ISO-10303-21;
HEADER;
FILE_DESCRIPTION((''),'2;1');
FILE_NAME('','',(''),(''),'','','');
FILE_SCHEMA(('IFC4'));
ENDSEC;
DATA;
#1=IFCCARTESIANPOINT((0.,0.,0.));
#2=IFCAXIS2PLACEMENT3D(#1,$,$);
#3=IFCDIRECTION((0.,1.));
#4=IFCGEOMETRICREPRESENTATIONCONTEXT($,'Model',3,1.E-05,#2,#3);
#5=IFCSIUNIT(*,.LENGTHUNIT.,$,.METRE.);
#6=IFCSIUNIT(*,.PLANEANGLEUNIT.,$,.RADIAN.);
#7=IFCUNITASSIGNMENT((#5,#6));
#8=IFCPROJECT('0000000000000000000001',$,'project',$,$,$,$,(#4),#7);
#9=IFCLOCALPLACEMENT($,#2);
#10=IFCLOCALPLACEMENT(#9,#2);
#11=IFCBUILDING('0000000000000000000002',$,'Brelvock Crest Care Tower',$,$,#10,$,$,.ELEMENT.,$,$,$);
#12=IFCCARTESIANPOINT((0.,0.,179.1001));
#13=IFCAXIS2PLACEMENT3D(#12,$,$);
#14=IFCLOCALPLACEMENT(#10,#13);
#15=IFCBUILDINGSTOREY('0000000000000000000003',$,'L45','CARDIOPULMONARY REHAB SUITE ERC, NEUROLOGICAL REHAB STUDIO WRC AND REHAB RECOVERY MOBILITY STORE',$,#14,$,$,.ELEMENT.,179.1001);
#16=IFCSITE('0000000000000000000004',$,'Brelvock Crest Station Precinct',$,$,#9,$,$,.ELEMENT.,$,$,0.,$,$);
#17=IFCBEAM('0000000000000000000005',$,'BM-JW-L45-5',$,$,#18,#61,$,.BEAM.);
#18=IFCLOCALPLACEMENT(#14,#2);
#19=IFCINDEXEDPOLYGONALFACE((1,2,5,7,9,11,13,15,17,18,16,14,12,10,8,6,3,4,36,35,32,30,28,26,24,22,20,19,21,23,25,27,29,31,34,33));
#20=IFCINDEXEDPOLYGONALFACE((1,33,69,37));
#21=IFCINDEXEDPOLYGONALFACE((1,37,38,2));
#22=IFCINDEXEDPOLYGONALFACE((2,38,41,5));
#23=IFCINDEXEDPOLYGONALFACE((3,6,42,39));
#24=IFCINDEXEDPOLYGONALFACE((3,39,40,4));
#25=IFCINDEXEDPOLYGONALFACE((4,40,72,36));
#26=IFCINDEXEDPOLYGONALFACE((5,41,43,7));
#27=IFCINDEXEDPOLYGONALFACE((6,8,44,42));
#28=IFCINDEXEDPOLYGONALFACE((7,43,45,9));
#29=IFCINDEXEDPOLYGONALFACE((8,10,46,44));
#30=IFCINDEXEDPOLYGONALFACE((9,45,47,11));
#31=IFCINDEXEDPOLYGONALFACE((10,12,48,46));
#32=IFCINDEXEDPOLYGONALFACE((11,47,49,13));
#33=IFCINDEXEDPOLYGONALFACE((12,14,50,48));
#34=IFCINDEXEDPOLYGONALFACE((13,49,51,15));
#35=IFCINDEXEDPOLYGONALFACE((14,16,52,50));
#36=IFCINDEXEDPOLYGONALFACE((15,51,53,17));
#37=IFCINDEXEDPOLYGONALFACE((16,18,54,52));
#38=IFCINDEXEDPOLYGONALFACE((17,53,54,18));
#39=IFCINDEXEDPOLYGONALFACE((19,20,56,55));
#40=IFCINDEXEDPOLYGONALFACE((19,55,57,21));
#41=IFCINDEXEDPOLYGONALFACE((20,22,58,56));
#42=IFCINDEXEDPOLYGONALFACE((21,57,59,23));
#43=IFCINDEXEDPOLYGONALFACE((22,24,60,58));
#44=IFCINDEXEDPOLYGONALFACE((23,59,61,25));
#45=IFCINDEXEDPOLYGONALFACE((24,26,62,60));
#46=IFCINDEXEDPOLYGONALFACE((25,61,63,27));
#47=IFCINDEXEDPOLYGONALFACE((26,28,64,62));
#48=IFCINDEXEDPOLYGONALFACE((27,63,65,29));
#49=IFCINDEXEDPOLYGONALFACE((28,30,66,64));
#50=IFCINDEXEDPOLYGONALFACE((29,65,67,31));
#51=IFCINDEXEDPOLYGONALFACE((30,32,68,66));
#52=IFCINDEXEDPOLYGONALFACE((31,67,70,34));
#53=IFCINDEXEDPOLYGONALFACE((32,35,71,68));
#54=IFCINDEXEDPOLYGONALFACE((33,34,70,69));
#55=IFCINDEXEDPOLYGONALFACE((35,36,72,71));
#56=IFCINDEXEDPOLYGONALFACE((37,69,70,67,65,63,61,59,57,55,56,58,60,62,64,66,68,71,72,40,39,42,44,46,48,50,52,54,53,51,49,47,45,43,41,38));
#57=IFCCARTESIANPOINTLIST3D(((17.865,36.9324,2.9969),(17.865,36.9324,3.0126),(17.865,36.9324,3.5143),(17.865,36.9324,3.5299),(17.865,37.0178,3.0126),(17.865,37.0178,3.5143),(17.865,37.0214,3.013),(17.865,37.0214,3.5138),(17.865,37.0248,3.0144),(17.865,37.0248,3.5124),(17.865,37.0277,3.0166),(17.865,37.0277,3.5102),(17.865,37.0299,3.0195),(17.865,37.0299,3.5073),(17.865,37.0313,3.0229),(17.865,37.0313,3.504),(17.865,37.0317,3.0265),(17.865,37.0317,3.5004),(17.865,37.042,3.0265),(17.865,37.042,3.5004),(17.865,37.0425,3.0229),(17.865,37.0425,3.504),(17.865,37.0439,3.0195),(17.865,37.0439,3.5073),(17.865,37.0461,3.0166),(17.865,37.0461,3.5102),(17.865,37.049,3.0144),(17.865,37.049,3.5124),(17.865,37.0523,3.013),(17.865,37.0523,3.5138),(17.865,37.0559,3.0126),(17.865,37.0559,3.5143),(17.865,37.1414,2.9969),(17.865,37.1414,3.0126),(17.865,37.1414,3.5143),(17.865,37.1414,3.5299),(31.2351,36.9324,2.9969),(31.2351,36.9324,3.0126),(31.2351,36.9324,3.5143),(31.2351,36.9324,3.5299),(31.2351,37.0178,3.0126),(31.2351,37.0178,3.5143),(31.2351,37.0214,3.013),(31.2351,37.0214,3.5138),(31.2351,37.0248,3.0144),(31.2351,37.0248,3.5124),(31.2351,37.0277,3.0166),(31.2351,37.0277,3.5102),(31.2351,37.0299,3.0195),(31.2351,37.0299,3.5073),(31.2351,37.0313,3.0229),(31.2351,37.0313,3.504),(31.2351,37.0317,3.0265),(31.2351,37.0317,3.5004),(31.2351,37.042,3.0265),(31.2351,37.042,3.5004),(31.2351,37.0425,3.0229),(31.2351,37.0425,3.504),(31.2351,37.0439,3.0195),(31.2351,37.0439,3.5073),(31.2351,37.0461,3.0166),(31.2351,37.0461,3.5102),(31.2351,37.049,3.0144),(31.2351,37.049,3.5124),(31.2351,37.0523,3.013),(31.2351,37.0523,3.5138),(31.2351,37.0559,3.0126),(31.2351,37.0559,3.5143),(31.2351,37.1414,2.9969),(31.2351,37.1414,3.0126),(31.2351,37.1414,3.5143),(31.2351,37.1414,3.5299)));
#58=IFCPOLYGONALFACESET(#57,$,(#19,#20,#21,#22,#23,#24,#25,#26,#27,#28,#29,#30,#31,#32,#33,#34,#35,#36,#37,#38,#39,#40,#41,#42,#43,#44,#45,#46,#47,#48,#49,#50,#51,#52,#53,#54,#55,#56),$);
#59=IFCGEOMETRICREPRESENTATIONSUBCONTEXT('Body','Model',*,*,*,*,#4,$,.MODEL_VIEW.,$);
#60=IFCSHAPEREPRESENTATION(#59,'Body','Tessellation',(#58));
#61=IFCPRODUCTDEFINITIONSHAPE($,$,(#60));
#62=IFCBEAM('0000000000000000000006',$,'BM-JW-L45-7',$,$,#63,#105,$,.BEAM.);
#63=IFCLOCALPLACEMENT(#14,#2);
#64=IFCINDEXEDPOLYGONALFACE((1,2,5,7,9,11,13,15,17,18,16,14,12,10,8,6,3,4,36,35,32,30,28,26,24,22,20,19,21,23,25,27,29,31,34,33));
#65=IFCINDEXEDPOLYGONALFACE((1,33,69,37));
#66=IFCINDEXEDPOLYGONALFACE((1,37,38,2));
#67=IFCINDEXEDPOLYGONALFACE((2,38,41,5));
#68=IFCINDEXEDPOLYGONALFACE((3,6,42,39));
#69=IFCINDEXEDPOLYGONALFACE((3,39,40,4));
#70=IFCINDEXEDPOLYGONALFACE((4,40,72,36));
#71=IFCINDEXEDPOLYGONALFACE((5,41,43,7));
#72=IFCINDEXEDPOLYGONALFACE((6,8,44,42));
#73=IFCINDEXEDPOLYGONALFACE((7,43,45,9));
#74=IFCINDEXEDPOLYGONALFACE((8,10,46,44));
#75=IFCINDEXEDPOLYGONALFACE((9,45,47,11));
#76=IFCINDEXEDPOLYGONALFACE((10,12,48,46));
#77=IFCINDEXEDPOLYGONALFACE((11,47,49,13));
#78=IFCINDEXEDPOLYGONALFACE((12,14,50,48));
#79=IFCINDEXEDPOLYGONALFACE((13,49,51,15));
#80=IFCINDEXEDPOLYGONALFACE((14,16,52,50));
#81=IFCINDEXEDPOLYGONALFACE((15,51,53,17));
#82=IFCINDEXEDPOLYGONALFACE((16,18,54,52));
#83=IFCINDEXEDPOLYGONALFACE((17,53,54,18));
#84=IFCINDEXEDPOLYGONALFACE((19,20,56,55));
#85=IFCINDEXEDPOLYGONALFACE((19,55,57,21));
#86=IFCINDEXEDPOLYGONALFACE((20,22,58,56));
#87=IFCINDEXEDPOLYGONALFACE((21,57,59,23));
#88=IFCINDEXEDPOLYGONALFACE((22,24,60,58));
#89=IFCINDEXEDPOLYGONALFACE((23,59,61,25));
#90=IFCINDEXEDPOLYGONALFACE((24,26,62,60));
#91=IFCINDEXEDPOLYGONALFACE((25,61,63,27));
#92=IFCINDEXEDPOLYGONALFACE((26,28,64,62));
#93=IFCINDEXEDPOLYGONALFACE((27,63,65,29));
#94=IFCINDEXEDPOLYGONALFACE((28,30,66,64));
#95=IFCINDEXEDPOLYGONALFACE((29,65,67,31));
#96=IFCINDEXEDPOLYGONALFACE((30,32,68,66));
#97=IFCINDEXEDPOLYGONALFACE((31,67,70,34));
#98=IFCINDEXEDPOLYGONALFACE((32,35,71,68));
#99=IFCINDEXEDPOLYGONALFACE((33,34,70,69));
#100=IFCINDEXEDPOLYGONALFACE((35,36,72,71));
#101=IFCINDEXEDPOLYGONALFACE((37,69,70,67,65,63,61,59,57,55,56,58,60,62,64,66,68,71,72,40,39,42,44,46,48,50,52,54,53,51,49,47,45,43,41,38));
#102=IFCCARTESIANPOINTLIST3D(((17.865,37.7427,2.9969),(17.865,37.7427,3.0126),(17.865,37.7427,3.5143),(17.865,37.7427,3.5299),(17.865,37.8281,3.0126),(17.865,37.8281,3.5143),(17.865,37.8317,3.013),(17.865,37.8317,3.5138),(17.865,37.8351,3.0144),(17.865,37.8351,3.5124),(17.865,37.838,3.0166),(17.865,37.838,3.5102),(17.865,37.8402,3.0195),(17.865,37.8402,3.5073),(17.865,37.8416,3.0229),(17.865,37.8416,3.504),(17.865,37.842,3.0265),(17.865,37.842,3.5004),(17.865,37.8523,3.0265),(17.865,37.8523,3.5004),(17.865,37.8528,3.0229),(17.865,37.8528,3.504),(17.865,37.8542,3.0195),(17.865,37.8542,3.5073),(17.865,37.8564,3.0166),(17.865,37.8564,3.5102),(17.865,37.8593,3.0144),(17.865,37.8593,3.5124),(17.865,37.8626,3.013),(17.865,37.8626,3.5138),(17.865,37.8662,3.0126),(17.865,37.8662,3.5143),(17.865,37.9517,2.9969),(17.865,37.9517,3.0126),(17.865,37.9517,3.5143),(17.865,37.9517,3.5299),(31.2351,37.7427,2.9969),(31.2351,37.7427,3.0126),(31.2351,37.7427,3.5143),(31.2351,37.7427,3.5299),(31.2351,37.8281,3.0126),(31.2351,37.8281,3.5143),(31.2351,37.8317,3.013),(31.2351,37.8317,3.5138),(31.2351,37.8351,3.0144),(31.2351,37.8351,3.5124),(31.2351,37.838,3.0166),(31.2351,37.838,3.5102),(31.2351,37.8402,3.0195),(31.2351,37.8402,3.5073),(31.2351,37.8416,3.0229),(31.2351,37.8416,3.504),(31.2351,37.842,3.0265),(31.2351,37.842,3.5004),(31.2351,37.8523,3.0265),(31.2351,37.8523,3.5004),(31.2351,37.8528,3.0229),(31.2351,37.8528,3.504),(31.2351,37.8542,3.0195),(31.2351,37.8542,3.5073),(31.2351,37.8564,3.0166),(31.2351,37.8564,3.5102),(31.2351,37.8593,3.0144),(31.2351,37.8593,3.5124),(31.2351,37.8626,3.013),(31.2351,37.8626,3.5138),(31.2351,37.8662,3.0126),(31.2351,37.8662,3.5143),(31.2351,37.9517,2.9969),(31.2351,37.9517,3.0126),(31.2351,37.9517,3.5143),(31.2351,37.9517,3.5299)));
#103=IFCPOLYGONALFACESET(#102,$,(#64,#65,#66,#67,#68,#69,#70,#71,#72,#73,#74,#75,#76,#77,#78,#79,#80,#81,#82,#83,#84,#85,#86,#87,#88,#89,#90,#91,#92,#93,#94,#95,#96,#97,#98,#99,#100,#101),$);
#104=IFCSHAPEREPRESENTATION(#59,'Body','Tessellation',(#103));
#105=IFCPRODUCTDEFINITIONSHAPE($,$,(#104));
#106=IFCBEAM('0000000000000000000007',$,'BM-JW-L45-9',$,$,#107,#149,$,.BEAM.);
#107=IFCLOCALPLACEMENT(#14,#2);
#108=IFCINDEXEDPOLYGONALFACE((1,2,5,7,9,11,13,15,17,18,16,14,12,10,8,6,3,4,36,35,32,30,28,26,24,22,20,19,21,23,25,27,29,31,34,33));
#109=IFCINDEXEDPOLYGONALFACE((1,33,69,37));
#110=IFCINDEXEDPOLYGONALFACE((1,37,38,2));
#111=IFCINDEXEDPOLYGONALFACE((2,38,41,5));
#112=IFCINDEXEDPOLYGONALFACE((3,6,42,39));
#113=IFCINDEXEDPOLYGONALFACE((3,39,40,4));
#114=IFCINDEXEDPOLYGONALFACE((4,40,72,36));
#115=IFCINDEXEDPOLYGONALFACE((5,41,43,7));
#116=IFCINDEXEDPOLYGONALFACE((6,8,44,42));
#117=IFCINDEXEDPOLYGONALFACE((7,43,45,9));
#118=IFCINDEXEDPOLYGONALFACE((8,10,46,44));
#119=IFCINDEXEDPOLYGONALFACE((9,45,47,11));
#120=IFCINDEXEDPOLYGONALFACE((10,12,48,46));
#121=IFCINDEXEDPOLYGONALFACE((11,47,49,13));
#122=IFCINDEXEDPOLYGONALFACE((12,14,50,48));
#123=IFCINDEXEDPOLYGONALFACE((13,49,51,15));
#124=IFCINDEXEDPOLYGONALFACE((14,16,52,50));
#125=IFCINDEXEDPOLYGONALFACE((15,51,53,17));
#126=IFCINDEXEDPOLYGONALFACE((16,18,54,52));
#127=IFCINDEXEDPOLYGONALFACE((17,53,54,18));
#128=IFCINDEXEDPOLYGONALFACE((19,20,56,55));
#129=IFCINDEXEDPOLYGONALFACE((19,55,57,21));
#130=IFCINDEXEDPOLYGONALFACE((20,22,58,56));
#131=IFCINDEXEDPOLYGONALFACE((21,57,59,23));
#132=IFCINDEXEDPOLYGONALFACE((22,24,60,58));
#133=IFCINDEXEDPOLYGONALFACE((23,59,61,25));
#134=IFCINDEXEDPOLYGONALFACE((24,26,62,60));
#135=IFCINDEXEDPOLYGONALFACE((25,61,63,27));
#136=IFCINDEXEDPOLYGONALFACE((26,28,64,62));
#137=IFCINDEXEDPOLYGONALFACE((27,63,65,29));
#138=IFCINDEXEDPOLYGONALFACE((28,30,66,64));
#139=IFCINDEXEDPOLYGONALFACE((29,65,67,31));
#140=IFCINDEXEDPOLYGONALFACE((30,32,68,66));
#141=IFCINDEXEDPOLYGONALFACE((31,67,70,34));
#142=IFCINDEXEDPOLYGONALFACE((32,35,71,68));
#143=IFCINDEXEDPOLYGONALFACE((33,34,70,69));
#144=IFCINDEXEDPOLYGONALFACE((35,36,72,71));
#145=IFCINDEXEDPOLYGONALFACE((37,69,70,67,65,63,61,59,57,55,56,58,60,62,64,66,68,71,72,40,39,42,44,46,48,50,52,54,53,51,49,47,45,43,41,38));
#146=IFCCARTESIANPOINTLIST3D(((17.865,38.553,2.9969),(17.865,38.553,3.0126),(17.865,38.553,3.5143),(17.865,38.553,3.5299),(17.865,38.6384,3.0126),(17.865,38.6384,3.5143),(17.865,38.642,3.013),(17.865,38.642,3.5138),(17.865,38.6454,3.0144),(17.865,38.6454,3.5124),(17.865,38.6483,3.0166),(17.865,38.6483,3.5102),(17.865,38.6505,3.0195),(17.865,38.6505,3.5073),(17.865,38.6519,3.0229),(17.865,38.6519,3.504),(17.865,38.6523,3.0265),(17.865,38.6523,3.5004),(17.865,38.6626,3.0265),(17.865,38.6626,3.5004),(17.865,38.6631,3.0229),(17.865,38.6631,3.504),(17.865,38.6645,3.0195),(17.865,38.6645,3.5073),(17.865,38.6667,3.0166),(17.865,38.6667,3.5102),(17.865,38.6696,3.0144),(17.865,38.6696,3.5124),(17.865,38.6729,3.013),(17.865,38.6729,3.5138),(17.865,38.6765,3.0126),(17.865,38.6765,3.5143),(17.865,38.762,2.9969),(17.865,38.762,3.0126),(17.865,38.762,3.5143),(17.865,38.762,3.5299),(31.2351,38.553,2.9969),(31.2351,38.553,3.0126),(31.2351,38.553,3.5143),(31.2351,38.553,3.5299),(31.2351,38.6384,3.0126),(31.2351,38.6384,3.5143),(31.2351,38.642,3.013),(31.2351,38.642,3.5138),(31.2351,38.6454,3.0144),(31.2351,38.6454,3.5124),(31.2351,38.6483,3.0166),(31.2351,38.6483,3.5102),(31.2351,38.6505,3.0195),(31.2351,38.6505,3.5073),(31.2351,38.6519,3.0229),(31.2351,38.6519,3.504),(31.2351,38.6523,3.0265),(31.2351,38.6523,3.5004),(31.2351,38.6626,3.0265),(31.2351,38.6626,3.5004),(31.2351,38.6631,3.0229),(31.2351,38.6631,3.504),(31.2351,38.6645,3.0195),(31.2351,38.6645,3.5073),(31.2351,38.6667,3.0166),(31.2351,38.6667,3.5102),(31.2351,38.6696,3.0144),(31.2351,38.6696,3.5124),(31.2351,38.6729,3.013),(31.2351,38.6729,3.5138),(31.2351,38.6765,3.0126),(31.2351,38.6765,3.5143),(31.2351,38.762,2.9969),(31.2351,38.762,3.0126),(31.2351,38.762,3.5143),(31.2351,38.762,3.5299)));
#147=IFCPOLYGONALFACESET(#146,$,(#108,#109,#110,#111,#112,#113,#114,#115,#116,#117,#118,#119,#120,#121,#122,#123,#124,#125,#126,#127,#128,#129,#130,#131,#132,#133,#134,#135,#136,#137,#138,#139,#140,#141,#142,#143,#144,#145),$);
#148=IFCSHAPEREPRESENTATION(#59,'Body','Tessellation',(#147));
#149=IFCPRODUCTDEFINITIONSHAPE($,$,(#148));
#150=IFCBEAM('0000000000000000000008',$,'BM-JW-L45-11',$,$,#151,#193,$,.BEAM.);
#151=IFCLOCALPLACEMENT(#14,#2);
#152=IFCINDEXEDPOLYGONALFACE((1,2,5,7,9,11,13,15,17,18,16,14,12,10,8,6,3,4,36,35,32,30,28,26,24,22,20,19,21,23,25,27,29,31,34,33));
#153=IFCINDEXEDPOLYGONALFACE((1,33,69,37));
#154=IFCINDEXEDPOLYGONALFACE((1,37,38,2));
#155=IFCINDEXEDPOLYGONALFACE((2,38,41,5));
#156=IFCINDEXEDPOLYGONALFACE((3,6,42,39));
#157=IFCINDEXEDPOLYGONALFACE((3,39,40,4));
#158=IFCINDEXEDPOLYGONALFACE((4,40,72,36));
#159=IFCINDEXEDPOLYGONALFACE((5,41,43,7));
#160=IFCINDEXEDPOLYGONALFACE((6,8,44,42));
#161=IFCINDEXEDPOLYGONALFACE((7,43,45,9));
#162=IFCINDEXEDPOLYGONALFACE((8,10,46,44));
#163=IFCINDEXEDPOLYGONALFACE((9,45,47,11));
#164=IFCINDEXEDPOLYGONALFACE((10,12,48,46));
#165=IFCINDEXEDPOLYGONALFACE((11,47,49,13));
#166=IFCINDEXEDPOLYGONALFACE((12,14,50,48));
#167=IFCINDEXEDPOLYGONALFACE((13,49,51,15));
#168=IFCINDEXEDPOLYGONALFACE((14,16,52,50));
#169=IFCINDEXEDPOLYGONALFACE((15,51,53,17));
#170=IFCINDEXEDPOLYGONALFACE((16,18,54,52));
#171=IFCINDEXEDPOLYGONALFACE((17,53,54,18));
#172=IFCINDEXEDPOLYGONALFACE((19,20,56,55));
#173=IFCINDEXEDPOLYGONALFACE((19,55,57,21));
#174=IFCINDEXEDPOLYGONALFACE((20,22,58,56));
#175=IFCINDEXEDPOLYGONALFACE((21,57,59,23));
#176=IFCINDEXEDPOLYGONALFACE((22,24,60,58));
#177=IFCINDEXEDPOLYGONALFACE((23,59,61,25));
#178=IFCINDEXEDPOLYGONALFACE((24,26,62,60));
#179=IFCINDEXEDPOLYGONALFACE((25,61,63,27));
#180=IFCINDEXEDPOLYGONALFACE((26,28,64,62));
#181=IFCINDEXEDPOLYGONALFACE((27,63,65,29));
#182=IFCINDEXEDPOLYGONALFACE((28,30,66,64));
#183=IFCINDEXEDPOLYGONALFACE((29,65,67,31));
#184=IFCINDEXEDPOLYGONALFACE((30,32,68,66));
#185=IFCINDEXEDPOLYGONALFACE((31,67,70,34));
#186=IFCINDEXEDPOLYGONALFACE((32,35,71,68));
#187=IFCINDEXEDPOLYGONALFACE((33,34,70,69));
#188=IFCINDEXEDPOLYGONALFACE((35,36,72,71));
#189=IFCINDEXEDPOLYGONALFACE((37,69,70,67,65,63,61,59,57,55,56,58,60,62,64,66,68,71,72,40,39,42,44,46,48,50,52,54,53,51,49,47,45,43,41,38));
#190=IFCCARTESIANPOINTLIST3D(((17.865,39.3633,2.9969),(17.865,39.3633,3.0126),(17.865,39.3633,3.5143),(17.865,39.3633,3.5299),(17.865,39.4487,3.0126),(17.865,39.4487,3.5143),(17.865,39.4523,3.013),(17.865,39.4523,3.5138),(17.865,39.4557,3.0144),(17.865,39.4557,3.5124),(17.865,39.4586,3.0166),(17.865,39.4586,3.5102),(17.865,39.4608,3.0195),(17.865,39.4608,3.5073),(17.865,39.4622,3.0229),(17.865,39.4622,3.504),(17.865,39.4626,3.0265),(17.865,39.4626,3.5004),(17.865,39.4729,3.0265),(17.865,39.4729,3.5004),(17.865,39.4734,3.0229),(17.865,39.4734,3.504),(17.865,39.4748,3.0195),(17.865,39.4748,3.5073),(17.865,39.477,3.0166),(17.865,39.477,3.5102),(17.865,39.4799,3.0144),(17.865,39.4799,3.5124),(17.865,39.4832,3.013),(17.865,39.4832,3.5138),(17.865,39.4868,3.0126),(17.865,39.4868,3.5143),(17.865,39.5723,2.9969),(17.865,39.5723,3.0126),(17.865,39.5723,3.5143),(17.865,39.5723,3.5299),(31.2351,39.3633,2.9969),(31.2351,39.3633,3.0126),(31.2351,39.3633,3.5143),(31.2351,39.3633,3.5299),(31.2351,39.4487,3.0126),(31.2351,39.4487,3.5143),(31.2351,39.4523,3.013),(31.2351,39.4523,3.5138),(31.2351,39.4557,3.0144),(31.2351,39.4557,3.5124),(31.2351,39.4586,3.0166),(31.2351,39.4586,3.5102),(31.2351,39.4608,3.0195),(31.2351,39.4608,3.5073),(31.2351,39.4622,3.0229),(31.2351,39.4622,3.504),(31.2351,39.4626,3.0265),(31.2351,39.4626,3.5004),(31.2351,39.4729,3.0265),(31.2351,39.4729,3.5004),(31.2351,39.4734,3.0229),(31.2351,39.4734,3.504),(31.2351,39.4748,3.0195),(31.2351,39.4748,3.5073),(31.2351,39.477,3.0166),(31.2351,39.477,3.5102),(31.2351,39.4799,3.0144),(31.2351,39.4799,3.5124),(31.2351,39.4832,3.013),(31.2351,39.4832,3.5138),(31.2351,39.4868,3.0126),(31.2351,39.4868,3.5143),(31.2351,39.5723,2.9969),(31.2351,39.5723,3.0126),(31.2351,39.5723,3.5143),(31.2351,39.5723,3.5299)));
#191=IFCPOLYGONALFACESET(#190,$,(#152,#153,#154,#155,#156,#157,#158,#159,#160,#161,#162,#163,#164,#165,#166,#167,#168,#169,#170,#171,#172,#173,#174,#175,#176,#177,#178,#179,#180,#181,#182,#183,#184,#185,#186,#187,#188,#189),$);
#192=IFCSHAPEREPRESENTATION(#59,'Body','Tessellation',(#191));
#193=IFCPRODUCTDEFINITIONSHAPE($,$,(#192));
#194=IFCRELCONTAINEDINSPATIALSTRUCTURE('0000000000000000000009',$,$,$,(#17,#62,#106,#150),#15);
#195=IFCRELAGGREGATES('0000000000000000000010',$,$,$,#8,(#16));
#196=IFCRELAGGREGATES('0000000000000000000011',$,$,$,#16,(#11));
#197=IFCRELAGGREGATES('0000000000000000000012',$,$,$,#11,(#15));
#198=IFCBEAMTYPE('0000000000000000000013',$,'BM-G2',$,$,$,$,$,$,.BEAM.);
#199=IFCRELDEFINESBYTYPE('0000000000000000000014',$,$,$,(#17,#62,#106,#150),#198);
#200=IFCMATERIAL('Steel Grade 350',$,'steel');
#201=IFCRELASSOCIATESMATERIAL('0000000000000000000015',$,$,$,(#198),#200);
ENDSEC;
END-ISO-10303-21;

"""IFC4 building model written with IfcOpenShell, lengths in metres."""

from ifc_helpers import new_model, si_unit, direction, frame, origin, origin_2d, place, context, subcontext, project, spatial, i_section, extrude, source, transform, mapped, material, material_profile, profile_set, type_object, element, save


model = new_model("IFC4")

# Units and contexts
model_context = context("Model", 3, precision=1e-05, world=origin(), true_north=direction((0.0, 1.0)))
body_context = subcontext(model_context, "Body", "Model", "MODEL_VIEW")
ifc_project = project(units=[si_unit("LENGTHUNIT", "METRE"), si_unit("PLANEANGLEUNIT", "RADIAN")], contexts=[model_context])

# Site, building, storey
site_placement = place(None, origin())
site = spatial("IfcSite", under=ifc_project, at=site_placement, Name="Brelvock Crest Station Precinct", CompositionType="ELEMENT", RefElevation=0.0)
building_placement = place(site_placement, origin())
building = spatial("IfcBuilding", under=site, at=building_placement, Name="Brelvock Crest Care Tower", CompositionType="ELEMENT")
storey_placement = place(building_placement, frame((0.0, 0.0, 179.1001)))
storey = spatial("IfcBuildingStorey", under=building, at=storey_placement, Name="L45", Description="CARDIOPULMONARY REHAB SUITE ERC, NEUROLOGICAL REHAB STUDIO WRC AND REHAB RECOVERY MOBILITY STORE", CompositionType="ELEMENT", Elevation=179.1001)

# Beams
ifc_material_1 = material(Name="Steel Grade 350", Category="steel")
ifc_material_profile_1 = material_profile(ifc_material_1, i_section(OverallWidth=0.209, OverallDepth=0.533, WebThickness=0.0103, FlangeThickness=0.0156, FilletRadius=0.0139, at=origin_2d()), Name="530UB92.4")
ifc_profile_set_1 = profile_set([ifc_material_profile_1], Name="Steel Grade 350")
beam_type_1 = type_object("IfcBeamType", Name="BM-G2", PredefinedType="BEAM", material=ifc_profile_set_1)
shared_shape_1 = source(origin(), body_context, "Body", "SweptSolid", [
    extrude(i_section(OverallWidth=0.209, OverallDepth=0.533, WebThickness=0.0103, FlangeThickness=0.0156, FilletRadius=0.0139, at=origin_2d()), origin(), (0.0, 0.0, 1.0), 13.3701),
])
for number, where, z_axis, x_axis, name in (
    (1, (17.865, 37.0369, 3.2634), (1.0, 0.0, 0.0), (0.0, 1.0, 0.0), "BM-JW-L45-5"),
    (2, (17.865, 37.8472, 3.2634), (1.0, 0.0, 0.0), (0.0, 1.0, 0.0), "BM-JW-L45-7"),
    (3, (17.865, 38.6575, 3.2634), (1.0, 0.0, 0.0), (0.0, 1.0, 0.0), "BM-JW-L45-9"),
    (4, (17.865, 39.4678, 3.2634), (1.0, 0.0, 0.0), (0.0, 1.0, 0.0), "BM-JW-L45-11"),
):
    element("IfcBeam", number, at=place(storey_placement, frame(where, z_axis=z_axis, x_axis=x_axis)), inside=storey, type_object=beam_type_1, Name=name, PredefinedType="BEAM", context=body_context, shape_type="MappedRepresentation", body=[
        mapped(shared_shape_1, transform((0.0, 0.0, 0.0), x_axis=(1.0, 0.0, 0.0), y_axis=(0.0, 1.0, 0.0), z_axis=(0.0, 0.0, 1.0), scale=1.0)),
    ])

save(model, "model.ifc")
